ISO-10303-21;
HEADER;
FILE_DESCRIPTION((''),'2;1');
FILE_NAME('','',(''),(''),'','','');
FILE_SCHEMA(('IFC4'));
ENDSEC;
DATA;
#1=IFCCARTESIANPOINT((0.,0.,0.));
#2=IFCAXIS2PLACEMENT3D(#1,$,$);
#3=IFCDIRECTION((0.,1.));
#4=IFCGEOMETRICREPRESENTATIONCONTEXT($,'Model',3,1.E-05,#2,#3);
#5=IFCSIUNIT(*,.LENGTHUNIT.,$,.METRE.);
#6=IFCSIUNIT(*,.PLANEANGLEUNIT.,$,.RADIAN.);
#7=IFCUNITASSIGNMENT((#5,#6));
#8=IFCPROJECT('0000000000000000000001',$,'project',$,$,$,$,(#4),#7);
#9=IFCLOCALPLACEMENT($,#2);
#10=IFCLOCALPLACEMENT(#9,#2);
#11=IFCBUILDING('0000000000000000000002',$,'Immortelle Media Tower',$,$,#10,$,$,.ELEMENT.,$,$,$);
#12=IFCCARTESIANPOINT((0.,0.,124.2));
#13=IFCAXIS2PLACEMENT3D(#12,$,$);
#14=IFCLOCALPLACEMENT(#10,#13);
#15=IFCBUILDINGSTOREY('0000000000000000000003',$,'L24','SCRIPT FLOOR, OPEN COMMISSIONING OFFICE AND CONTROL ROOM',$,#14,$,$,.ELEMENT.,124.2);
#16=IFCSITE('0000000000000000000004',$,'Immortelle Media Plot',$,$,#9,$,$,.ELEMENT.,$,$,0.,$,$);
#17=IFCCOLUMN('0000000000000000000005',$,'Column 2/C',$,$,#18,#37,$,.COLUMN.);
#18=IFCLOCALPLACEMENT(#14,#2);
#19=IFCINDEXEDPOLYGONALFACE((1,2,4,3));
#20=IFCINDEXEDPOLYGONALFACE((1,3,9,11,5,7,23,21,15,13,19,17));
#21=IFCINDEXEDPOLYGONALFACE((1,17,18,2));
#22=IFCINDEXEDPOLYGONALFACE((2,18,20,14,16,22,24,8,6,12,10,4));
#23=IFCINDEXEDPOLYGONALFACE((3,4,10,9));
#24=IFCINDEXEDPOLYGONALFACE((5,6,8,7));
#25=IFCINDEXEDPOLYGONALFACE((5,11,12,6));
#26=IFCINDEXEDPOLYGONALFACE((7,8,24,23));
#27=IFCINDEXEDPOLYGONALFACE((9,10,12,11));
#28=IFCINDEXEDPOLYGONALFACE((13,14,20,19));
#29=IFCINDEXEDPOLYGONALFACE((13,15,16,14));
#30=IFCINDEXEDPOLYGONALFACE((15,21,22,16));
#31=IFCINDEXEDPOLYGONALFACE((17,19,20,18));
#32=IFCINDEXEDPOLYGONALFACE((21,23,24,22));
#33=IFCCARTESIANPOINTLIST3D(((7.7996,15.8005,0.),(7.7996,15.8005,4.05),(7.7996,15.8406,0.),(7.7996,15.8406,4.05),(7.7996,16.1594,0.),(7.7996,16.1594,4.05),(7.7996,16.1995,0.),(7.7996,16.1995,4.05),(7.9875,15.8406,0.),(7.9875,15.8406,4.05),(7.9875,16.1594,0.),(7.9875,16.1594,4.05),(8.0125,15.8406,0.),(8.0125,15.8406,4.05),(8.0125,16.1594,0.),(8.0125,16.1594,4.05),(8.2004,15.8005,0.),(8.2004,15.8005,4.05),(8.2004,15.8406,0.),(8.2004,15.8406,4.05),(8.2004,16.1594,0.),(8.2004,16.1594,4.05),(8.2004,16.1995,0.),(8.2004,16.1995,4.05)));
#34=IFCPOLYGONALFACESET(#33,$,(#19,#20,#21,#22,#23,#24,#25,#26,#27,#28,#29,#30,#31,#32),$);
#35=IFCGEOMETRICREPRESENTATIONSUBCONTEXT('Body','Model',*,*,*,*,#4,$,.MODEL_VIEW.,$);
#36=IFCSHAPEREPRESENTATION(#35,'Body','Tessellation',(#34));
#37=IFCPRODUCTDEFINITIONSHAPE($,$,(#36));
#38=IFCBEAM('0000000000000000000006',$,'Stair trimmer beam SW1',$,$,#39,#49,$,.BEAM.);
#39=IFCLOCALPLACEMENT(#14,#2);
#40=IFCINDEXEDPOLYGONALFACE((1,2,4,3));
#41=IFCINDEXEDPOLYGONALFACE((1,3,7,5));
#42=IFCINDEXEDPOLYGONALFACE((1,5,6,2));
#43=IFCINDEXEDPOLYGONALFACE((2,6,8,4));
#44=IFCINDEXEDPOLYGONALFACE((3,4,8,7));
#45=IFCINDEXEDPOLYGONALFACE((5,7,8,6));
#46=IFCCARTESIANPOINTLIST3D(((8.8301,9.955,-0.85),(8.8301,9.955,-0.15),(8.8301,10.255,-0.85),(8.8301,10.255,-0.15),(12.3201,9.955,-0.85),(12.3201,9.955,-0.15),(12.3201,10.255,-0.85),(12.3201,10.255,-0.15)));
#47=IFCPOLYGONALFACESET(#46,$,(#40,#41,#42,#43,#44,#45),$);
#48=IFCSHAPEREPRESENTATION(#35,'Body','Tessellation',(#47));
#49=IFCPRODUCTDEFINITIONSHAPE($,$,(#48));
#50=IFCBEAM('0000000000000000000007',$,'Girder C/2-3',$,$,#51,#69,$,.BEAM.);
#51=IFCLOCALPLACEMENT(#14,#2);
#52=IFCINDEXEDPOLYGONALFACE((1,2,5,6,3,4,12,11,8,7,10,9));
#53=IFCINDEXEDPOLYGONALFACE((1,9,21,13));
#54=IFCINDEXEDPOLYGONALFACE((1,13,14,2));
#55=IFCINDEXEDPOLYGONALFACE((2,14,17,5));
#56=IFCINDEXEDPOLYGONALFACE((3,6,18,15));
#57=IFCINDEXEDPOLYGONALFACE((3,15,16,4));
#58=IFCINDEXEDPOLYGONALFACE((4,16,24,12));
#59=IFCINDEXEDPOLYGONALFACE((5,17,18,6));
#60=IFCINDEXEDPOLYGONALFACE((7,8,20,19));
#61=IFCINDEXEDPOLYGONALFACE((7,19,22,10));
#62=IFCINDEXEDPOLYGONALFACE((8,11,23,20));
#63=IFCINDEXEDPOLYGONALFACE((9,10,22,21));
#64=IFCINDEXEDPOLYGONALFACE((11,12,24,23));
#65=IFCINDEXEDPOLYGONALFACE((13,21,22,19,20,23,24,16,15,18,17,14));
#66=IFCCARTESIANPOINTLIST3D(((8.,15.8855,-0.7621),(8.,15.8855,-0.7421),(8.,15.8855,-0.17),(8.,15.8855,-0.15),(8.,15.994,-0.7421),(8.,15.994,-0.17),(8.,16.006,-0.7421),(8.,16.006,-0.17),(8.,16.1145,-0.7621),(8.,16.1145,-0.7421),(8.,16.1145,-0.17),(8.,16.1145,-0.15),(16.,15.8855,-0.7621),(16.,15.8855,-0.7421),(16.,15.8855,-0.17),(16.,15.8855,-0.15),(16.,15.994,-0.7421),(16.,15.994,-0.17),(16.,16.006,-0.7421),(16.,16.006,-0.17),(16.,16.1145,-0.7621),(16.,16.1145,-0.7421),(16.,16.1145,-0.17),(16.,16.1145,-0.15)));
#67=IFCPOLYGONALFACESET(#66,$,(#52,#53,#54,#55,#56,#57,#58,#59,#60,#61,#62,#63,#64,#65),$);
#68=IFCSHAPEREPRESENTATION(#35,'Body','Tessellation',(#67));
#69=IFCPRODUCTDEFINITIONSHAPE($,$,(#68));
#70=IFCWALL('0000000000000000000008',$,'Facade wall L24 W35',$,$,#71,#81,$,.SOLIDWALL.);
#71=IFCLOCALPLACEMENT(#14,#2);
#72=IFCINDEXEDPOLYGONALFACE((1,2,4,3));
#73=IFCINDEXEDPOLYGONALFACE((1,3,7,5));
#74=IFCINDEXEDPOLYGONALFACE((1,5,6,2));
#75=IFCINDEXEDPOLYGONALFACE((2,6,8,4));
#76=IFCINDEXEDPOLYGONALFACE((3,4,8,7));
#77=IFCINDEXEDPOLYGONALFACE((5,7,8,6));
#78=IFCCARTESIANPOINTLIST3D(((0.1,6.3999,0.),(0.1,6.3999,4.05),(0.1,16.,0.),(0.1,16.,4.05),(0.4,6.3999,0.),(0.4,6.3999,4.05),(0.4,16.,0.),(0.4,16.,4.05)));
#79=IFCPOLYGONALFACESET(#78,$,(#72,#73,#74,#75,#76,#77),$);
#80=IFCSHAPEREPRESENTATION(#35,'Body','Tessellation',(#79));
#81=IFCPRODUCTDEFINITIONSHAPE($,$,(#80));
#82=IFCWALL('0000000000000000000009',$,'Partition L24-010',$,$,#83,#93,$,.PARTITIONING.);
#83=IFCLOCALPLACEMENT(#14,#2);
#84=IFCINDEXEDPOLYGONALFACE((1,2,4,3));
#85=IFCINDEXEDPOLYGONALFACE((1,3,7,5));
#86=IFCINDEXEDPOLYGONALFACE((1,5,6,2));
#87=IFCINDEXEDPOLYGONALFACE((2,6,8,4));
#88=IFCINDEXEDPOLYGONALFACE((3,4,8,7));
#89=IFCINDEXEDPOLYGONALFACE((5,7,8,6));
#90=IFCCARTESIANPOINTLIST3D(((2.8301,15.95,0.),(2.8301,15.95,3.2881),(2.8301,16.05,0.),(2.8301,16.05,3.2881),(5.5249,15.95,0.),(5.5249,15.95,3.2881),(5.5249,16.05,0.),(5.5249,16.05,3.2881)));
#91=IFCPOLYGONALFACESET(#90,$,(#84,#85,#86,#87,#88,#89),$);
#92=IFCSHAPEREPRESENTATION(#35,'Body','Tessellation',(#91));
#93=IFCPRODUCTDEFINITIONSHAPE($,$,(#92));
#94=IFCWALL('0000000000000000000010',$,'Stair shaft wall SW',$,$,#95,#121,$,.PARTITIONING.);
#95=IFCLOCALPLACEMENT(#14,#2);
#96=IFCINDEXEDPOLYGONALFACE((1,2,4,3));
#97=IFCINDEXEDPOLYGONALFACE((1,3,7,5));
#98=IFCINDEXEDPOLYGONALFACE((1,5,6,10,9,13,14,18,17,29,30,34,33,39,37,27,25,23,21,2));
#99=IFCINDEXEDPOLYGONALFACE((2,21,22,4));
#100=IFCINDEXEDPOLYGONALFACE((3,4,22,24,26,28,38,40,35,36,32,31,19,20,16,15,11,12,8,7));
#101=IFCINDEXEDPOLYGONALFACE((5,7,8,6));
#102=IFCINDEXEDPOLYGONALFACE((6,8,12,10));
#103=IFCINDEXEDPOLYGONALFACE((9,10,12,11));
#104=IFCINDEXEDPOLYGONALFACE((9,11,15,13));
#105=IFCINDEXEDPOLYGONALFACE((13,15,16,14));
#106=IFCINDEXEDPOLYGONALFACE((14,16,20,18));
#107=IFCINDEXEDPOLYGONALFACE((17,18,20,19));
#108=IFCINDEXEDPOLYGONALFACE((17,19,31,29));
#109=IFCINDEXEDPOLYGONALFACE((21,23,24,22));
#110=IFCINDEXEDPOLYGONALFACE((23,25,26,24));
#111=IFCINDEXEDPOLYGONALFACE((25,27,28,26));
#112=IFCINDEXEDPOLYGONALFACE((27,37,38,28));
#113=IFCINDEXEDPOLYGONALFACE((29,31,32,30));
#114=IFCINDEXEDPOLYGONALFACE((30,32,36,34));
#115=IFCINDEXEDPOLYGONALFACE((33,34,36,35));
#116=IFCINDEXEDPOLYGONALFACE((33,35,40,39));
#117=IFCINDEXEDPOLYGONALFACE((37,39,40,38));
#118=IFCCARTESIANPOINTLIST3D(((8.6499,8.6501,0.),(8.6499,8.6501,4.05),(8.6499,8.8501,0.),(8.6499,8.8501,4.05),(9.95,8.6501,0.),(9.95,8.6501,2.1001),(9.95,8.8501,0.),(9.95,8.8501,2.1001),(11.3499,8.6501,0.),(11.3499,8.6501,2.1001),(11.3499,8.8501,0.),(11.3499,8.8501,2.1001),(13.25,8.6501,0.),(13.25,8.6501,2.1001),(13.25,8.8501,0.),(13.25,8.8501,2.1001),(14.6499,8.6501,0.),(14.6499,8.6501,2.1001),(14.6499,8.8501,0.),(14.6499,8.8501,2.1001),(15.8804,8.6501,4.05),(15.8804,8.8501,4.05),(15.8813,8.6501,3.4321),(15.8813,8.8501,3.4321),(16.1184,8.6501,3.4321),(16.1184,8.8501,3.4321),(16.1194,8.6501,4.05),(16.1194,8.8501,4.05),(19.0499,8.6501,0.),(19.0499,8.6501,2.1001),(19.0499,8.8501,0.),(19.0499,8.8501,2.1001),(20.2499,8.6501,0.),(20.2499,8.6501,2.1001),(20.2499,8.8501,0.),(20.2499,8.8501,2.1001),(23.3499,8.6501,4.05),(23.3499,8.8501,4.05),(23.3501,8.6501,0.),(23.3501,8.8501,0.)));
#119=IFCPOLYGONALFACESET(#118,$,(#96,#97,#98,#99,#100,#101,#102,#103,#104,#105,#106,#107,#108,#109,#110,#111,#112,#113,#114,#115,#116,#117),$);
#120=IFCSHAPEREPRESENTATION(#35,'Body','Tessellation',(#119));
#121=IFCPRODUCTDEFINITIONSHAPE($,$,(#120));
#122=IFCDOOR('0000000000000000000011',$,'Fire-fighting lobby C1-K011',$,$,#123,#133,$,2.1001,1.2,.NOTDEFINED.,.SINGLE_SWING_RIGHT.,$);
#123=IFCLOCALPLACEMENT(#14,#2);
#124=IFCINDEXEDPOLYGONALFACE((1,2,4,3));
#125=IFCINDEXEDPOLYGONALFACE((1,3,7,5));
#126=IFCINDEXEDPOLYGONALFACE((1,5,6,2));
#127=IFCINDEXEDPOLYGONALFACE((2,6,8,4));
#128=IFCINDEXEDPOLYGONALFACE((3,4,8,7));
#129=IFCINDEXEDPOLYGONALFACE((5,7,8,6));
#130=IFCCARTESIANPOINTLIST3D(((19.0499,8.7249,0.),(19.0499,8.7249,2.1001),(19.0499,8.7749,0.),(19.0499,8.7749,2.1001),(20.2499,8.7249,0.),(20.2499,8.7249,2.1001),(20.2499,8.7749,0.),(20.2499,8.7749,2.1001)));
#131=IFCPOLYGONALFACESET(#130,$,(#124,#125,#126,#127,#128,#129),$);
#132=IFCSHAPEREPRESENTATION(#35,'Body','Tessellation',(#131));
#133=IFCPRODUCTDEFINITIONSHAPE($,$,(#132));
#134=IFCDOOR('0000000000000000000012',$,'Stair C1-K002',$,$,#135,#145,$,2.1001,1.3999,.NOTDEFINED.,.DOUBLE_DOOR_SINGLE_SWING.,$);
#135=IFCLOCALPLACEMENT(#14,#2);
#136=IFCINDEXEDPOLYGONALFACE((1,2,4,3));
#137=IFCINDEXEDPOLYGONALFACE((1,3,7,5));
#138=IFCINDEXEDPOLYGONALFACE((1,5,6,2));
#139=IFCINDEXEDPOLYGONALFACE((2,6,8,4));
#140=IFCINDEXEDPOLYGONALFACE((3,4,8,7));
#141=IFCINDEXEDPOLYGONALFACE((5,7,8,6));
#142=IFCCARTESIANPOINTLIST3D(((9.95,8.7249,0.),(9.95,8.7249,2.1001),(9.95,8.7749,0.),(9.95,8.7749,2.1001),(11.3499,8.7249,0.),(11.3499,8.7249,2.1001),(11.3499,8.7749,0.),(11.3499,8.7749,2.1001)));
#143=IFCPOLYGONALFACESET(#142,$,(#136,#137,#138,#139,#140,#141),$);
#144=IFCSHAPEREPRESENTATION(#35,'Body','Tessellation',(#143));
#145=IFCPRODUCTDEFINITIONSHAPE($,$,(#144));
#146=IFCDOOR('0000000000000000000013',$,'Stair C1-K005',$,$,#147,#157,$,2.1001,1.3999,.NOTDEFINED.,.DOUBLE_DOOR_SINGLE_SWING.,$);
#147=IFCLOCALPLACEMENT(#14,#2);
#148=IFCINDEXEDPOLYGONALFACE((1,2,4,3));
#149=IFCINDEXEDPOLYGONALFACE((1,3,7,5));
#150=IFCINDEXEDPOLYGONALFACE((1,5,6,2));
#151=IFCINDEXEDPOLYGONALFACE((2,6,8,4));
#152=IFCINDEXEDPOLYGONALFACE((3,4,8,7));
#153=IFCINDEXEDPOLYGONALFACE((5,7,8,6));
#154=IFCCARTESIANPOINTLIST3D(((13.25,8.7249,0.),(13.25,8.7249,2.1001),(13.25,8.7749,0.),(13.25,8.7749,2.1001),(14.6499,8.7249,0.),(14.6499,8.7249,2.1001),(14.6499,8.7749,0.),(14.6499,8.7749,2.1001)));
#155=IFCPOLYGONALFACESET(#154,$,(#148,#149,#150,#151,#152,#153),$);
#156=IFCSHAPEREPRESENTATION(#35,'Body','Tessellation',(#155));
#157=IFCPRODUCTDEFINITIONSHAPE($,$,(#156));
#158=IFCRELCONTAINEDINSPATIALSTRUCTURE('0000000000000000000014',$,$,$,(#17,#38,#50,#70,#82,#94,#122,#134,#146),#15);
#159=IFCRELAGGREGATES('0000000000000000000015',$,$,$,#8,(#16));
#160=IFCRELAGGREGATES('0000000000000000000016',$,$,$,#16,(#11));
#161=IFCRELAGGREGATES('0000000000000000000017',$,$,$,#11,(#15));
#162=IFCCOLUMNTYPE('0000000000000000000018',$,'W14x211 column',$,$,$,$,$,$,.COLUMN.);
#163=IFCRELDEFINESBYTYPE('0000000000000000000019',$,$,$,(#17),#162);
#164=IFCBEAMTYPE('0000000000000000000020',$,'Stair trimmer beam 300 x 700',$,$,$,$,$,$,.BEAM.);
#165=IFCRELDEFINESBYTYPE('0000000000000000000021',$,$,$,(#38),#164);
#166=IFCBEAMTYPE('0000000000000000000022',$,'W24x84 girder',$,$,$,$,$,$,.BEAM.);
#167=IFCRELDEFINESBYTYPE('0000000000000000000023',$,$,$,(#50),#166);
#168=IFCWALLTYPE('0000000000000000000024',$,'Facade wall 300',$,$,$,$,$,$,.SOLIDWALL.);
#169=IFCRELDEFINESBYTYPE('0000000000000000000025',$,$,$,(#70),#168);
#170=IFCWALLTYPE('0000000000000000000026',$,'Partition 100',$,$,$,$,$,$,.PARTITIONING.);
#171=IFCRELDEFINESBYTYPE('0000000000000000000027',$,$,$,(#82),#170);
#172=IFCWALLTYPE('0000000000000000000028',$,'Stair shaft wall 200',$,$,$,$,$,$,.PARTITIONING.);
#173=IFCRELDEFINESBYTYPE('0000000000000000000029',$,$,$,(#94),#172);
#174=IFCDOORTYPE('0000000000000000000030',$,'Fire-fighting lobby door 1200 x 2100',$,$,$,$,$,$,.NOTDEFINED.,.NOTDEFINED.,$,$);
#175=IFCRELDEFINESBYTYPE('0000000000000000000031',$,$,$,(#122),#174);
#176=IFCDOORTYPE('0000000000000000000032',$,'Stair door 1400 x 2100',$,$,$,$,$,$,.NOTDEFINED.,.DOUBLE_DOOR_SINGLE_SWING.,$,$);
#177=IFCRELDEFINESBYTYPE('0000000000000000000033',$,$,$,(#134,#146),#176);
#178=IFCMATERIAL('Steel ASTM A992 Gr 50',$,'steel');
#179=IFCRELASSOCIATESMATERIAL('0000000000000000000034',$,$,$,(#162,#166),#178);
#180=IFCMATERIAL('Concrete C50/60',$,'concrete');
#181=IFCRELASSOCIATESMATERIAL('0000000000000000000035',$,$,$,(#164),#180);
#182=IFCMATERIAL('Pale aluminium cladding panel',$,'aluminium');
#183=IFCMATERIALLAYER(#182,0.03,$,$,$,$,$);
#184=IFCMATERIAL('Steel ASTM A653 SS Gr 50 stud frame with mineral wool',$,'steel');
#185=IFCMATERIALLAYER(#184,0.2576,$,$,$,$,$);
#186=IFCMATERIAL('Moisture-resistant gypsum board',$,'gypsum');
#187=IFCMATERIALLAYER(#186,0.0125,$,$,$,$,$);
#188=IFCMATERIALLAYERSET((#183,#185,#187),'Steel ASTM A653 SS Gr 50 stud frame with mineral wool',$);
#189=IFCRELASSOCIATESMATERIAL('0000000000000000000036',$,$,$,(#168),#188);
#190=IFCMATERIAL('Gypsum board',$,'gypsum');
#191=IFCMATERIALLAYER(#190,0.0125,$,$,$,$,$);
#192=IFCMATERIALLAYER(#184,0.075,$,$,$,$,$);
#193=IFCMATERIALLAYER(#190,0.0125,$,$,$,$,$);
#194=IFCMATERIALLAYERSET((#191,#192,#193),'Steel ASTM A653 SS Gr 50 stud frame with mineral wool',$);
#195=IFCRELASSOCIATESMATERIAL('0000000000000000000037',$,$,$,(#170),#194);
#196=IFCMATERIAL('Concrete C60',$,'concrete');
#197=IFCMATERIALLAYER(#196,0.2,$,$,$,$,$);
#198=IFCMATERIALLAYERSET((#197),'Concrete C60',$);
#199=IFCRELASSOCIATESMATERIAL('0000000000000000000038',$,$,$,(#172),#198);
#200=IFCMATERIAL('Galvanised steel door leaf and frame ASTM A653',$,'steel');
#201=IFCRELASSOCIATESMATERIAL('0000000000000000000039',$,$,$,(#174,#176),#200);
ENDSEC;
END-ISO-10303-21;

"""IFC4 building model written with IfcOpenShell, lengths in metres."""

from ifc_helpers import new_model, si_unit, direction, frame, frame_2d, origin, origin_2d, place, context, subcontext, project, spatial, polyline, rectangle, i_section, outline, extrude, material, layer, layer_set, material_profile, profile_set, type_object, element, fill, save


model = new_model("IFC4")

# Units and contexts
model_context = context("Model", 3, precision=1e-05, world=origin(), true_north=direction((0.0, 1.0)))
body_context = subcontext(model_context, "Body", "Model", "MODEL_VIEW")
ifc_project = project(units=[si_unit("LENGTHUNIT", "METRE"), si_unit("PLANEANGLEUNIT", "RADIAN")], contexts=[model_context])

# Site, building, storey
site_placement = place(None, origin())
site = spatial("IfcSite", under=ifc_project, at=site_placement, Name="Immortelle Media Plot", CompositionType="ELEMENT", RefElevation=0.0)
building_placement = place(site_placement, origin())
building = spatial("IfcBuilding", under=site, at=building_placement, Name="Immortelle Media Tower", CompositionType="ELEMENT")
storey_placement = place(building_placement, frame((0.0, 0.0, 124.2)))
storey = spatial("IfcBuildingStorey", under=building, at=storey_placement, Name="L24", Description="SCRIPT FLOOR, OPEN COMMISSIONING OFFICE AND CONTROL ROOM", CompositionType="ELEMENT", Elevation=124.2)

# Column
ifc_material_1 = material(Name="Steel ASTM A992 Gr 50", Category="steel")
ifc_material_profile_1 = material_profile(ifc_material_1, i_section(OverallWidth=0.4009, OverallDepth=0.3989, WebThickness=0.0249, FlangeThickness=0.04, at=origin_2d()), Name="W14x211")
ifc_profile_set_1 = profile_set([ifc_material_profile_1], Name="Steel ASTM A992 Gr 50")
column_type = type_object("IfcColumnType", Name="W14x211 column", PredefinedType="COLUMN", material=ifc_profile_set_1)
column_placement = place(storey_placement, frame((8.0, 16.0, 0.0), z_axis=(0.0, 0.0, 1.0), x_axis=(1.0, 0.0, 0.0)))
element("IfcColumn", 1, at=column_placement, inside=storey, type_object=column_type, Name="Column 2/C", PredefinedType="COLUMN", context=body_context, shape_type="SweptSolid", body=[
    extrude(i_section(OverallWidth=0.4009, OverallDepth=0.3989, WebThickness=0.0249, FlangeThickness=0.04, at=origin_2d()), origin(), (0.0, 0.0, 1.0), 4.05),
])

# Beams
ifc_material_2 = material(Name="Concrete C50/60", Category="concrete")
ifc_material_profile_2 = material_profile(ifc_material_2, rectangle(XDim=0.3, YDim=0.7, at=origin_2d()), Name="RC 300x700")
ifc_profile_set_2 = profile_set([ifc_material_profile_2], Name="Concrete C50/60")
beam_type_1 = type_object("IfcBeamType", Name="Stair trimmer beam 300 x 700", PredefinedType="BEAM", material=ifc_profile_set_2)
beam_1_placement = place(storey_placement, frame((8.8301, 10.105, -0.5), z_axis=(1.0, 0.0, 0.0), x_axis=(0.0, 1.0, 0.0)))
element("IfcBeam", 2, at=beam_1_placement, inside=storey, type_object=beam_type_1, Name="Stair trimmer beam SW1", PredefinedType="BEAM", context=body_context, shape_type="SweptSolid", body=[
    extrude(rectangle(XDim=0.3, YDim=0.7, at=origin_2d()), origin(), (0.0, 0.0, 1.0), 3.49),
])
ifc_material_profile_3 = material_profile(ifc_material_1, i_section(OverallWidth=0.229, OverallDepth=0.6121, WebThickness=0.012, FlangeThickness=0.02, at=origin_2d()), Name="W24x84")
ifc_profile_set_3 = profile_set([ifc_material_profile_3], Name="Steel ASTM A992 Gr 50")
beam_type_2 = type_object("IfcBeamType", Name="W24x84 girder", PredefinedType="BEAM", material=ifc_profile_set_3)
beam_2_placement = place(storey_placement, frame((8.0, 16.0, -0.4561), z_axis=(1.0, 0.0, 0.0), x_axis=(0.0, 1.0, 0.0)))
element("IfcBeam", 3, at=beam_2_placement, inside=storey, type_object=beam_type_2, Name="Girder C/2-3", PredefinedType="BEAM", context=body_context, shape_type="SweptSolid", body=[
    extrude(i_section(OverallWidth=0.229, OverallDepth=0.6121, WebThickness=0.012, FlangeThickness=0.02, at=origin_2d()), origin(), (0.0, 0.0, 1.0), 8.0),
])

# Walls
ifc_material_3 = material(Name="Pale aluminium cladding panel", Category="aluminium")
ifc_layer_1 = layer(ifc_material_3, 0.03)
ifc_material_4 = material(Name="Steel ASTM A653 SS Gr 50 stud frame with mineral wool", Category="steel")
ifc_layer_2 = layer(ifc_material_4, 0.2576)
ifc_material_5 = material(Name="Moisture-resistant gypsum board", Category="gypsum")
ifc_layer_3 = layer(ifc_material_5, 0.0125)
ifc_layer_set_1 = layer_set([ifc_layer_1, ifc_layer_2, ifc_layer_3], Name="Steel ASTM A653 SS Gr 50 stud frame with mineral wool")
wall_type_1 = type_object("IfcWallType", Name="Facade wall 300", PredefinedType="SOLIDWALL", material=ifc_layer_set_1)
wall_1_placement = place(storey_placement, frame((0.25, 16.0, 0.0), z_axis=(0.0, 0.0, 1.0), x_axis=(0.0, -1.0, 0.0)))
element("IfcWall", 4, at=wall_1_placement, inside=storey, type_object=wall_type_1, Name="Facade wall L24 W35", PredefinedType="SOLIDWALL", context=body_context, shape_type="SweptSolid", body=[
    extrude(rectangle(XDim=9.6001, YDim=0.3, at=frame_2d((4.8, 0.0))), origin(), (0.0, 0.0, 1.0), 4.05),
])
ifc_material_6 = material(Name="Gypsum board", Category="gypsum")
ifc_layer_4 = layer(ifc_material_6, 0.0125)
ifc_layer_5 = layer(ifc_material_4, 0.075)
ifc_layer_6 = layer(ifc_material_6, 0.0125)
ifc_layer_set_2 = layer_set([ifc_layer_4, ifc_layer_5, ifc_layer_6], Name="Steel ASTM A653 SS Gr 50 stud frame with mineral wool")
wall_type_2 = type_object("IfcWallType", Name="Partition 100", PredefinedType="PARTITIONING", material=ifc_layer_set_2)
wall_2_placement = place(storey_placement, frame((2.8301, 16.0, 0.0), z_axis=(0.0, 0.0, 1.0), x_axis=(1.0, 0.0, 0.0)))
element("IfcWall", 5, at=wall_2_placement, inside=storey, type_object=wall_type_2, Name="Partition L24-010", PredefinedType="PARTITIONING", context=body_context, shape_type="SweptSolid", body=[
    extrude(rectangle(XDim=2.6948, YDim=0.1001, at=frame_2d((1.3474, 0.0))), origin(), (0.0, 0.0, 1.0), 3.2881),
])

# Wall, openings, doors
ifc_material_7 = material(Name="Concrete C60", Category="concrete")
ifc_layer_7 = layer(ifc_material_7, 0.2)
ifc_layer_set_3 = layer_set([ifc_layer_7], Name="Concrete C60")
wall_type_3 = type_object("IfcWallType", Name="Stair shaft wall 200", PredefinedType="PARTITIONING", material=ifc_layer_set_3)
wall_3_placement = place(storey_placement, frame((8.6499, 8.75, 0.0), z_axis=(0.0, 0.0, 1.0), x_axis=(1.0, 0.0, 0.0)))
wall_3 = element("IfcWall", 6, at=wall_3_placement, inside=storey, type_object=wall_type_3, Name="Stair shaft wall SW", PredefinedType="PARTITIONING", context=body_context, shape_type="SweptSolid", body=[
    extrude(outline(polyline([(0.0, 0.0), (14.7002, 0.0), (14.7, 4.05), (7.4695, 4.05), (7.4685, 3.4321), (7.2314, 3.4321), (7.2305, 4.05), (0.0, 4.05), (0.0, 0.0)])), frame((0.0, 0.1001, 0.0), z_axis=(0.0, -1.0, 0.0), x_axis=(1.0, 0.0, 0.0)), (0.0, 0.0, 1.0), 0.2),
])
opening_1_placement = place(wall_3_placement, frame((1.3, 0.0, 0.0)))
opening_1 = element("IfcOpeningElement", 7, at=opening_1_placement, cuts=wall_3, PredefinedType="OPENING", context=body_context, shape_type="SweptSolid", body=[
    extrude(rectangle(XDim=1.3999, YDim=2.1001, at=frame_2d((0.7, 1.05))), frame((0.0, 0.1099, 0.0), z_axis=(0.0, -1.0, 0.0), x_axis=(1.0, 0.0, 0.0)), (0.0, 0.0, 1.0), 0.22),
])
opening_2_placement = place(wall_3_placement, frame((4.6001, 0.0, 0.0)))
opening_2 = element("IfcOpeningElement", 8, at=opening_2_placement, cuts=wall_3, PredefinedType="OPENING", context=body_context, shape_type="SweptSolid", body=[
    extrude(rectangle(XDim=1.3999, YDim=2.1001, at=frame_2d((0.7, 1.05))), frame((0.0, 0.1099, 0.0), z_axis=(0.0, -1.0, 0.0), x_axis=(1.0, 0.0, 0.0)), (0.0, 0.0, 1.0), 0.22),
])
opening_3_placement = place(wall_3_placement, frame((10.3999, 0.0, 0.0)))
opening_3 = element("IfcOpeningElement", 9, at=opening_3_placement, cuts=wall_3, PredefinedType="OPENING", context=body_context, shape_type="SweptSolid", body=[
    extrude(rectangle(XDim=1.2, YDim=2.1001, at=frame_2d((0.6001, 1.05))), frame((0.0, 0.1099, 0.0), z_axis=(0.0, -1.0, 0.0), x_axis=(1.0, 0.0, 0.0)), (0.0, 0.0, 1.0), 0.22),
])
ifc_material_8 = material(Name="Galvanised steel door leaf and frame ASTM A653", Category="steel")
door_type_1 = type_object("IfcDoorType", Name="Fire-fighting lobby door 1200 x 2100", OperationType="NOTDEFINED", PredefinedType="NOTDEFINED", material=ifc_material_8)
door_1_placement = place(opening_3_placement, origin())
door_1 = element("IfcDoor", 10, at=door_1_placement, inside=storey, type_object=door_type_1, Name="Fire-fighting lobby C1-K011", OperationType="SINGLE_SWING_RIGHT", OverallHeight=2.1001, OverallWidth=1.2, PredefinedType="NOTDEFINED", context=body_context, shape_type="SweptSolid", body=[
    extrude(rectangle(XDim=1.2, YDim=2.1001, at=frame_2d((0.6001, 1.05))), frame((0.0, 0.0249, 0.0), z_axis=(0.0, -1.0, 0.0), x_axis=(1.0, 0.0, 0.0)), (0.0, 0.0, 1.0), 0.05),
])
fill(opening_3, door_1)
door_type_2 = type_object("IfcDoorType", Name="Stair door 1400 x 2100", OperationType="DOUBLE_DOOR_SINGLE_SWING", PredefinedType="NOTDEFINED", material=ifc_material_8)
door_2_placement = place(opening_1_placement, origin())
door_2 = element("IfcDoor", 11, at=door_2_placement, inside=storey, type_object=door_type_2, Name="Stair C1-K002", OperationType="DOUBLE_DOOR_SINGLE_SWING", OverallHeight=2.1001, OverallWidth=1.3999, PredefinedType="NOTDEFINED", context=body_context, shape_type="SweptSolid", body=[
    extrude(rectangle(XDim=1.3999, YDim=2.1001, at=frame_2d((0.7, 1.05))), frame((0.0, 0.0249, 0.0), z_axis=(0.0, -1.0, 0.0), x_axis=(1.0, 0.0, 0.0)), (0.0, 0.0, 1.0), 0.05),
])
fill(opening_1, door_2)
door_3_placement = place(opening_2_placement, origin())
door_3 = element("IfcDoor", 12, at=door_3_placement, inside=storey, type_object=door_type_2, Name="Stair C1-K005", OperationType="DOUBLE_DOOR_SINGLE_SWING", OverallHeight=2.1001, OverallWidth=1.3999, PredefinedType="NOTDEFINED", context=body_context, shape_type="SweptSolid", body=[
    extrude(rectangle(XDim=1.3999, YDim=2.1001, at=frame_2d((0.7, 1.05))), frame((0.0, 0.0249, 0.0), z_axis=(0.0, -1.0, 0.0), x_axis=(1.0, 0.0, 0.0)), (0.0, 0.0, 1.0), 0.05),
])
fill(opening_2, door_3)

save(model, "model.ifc")
